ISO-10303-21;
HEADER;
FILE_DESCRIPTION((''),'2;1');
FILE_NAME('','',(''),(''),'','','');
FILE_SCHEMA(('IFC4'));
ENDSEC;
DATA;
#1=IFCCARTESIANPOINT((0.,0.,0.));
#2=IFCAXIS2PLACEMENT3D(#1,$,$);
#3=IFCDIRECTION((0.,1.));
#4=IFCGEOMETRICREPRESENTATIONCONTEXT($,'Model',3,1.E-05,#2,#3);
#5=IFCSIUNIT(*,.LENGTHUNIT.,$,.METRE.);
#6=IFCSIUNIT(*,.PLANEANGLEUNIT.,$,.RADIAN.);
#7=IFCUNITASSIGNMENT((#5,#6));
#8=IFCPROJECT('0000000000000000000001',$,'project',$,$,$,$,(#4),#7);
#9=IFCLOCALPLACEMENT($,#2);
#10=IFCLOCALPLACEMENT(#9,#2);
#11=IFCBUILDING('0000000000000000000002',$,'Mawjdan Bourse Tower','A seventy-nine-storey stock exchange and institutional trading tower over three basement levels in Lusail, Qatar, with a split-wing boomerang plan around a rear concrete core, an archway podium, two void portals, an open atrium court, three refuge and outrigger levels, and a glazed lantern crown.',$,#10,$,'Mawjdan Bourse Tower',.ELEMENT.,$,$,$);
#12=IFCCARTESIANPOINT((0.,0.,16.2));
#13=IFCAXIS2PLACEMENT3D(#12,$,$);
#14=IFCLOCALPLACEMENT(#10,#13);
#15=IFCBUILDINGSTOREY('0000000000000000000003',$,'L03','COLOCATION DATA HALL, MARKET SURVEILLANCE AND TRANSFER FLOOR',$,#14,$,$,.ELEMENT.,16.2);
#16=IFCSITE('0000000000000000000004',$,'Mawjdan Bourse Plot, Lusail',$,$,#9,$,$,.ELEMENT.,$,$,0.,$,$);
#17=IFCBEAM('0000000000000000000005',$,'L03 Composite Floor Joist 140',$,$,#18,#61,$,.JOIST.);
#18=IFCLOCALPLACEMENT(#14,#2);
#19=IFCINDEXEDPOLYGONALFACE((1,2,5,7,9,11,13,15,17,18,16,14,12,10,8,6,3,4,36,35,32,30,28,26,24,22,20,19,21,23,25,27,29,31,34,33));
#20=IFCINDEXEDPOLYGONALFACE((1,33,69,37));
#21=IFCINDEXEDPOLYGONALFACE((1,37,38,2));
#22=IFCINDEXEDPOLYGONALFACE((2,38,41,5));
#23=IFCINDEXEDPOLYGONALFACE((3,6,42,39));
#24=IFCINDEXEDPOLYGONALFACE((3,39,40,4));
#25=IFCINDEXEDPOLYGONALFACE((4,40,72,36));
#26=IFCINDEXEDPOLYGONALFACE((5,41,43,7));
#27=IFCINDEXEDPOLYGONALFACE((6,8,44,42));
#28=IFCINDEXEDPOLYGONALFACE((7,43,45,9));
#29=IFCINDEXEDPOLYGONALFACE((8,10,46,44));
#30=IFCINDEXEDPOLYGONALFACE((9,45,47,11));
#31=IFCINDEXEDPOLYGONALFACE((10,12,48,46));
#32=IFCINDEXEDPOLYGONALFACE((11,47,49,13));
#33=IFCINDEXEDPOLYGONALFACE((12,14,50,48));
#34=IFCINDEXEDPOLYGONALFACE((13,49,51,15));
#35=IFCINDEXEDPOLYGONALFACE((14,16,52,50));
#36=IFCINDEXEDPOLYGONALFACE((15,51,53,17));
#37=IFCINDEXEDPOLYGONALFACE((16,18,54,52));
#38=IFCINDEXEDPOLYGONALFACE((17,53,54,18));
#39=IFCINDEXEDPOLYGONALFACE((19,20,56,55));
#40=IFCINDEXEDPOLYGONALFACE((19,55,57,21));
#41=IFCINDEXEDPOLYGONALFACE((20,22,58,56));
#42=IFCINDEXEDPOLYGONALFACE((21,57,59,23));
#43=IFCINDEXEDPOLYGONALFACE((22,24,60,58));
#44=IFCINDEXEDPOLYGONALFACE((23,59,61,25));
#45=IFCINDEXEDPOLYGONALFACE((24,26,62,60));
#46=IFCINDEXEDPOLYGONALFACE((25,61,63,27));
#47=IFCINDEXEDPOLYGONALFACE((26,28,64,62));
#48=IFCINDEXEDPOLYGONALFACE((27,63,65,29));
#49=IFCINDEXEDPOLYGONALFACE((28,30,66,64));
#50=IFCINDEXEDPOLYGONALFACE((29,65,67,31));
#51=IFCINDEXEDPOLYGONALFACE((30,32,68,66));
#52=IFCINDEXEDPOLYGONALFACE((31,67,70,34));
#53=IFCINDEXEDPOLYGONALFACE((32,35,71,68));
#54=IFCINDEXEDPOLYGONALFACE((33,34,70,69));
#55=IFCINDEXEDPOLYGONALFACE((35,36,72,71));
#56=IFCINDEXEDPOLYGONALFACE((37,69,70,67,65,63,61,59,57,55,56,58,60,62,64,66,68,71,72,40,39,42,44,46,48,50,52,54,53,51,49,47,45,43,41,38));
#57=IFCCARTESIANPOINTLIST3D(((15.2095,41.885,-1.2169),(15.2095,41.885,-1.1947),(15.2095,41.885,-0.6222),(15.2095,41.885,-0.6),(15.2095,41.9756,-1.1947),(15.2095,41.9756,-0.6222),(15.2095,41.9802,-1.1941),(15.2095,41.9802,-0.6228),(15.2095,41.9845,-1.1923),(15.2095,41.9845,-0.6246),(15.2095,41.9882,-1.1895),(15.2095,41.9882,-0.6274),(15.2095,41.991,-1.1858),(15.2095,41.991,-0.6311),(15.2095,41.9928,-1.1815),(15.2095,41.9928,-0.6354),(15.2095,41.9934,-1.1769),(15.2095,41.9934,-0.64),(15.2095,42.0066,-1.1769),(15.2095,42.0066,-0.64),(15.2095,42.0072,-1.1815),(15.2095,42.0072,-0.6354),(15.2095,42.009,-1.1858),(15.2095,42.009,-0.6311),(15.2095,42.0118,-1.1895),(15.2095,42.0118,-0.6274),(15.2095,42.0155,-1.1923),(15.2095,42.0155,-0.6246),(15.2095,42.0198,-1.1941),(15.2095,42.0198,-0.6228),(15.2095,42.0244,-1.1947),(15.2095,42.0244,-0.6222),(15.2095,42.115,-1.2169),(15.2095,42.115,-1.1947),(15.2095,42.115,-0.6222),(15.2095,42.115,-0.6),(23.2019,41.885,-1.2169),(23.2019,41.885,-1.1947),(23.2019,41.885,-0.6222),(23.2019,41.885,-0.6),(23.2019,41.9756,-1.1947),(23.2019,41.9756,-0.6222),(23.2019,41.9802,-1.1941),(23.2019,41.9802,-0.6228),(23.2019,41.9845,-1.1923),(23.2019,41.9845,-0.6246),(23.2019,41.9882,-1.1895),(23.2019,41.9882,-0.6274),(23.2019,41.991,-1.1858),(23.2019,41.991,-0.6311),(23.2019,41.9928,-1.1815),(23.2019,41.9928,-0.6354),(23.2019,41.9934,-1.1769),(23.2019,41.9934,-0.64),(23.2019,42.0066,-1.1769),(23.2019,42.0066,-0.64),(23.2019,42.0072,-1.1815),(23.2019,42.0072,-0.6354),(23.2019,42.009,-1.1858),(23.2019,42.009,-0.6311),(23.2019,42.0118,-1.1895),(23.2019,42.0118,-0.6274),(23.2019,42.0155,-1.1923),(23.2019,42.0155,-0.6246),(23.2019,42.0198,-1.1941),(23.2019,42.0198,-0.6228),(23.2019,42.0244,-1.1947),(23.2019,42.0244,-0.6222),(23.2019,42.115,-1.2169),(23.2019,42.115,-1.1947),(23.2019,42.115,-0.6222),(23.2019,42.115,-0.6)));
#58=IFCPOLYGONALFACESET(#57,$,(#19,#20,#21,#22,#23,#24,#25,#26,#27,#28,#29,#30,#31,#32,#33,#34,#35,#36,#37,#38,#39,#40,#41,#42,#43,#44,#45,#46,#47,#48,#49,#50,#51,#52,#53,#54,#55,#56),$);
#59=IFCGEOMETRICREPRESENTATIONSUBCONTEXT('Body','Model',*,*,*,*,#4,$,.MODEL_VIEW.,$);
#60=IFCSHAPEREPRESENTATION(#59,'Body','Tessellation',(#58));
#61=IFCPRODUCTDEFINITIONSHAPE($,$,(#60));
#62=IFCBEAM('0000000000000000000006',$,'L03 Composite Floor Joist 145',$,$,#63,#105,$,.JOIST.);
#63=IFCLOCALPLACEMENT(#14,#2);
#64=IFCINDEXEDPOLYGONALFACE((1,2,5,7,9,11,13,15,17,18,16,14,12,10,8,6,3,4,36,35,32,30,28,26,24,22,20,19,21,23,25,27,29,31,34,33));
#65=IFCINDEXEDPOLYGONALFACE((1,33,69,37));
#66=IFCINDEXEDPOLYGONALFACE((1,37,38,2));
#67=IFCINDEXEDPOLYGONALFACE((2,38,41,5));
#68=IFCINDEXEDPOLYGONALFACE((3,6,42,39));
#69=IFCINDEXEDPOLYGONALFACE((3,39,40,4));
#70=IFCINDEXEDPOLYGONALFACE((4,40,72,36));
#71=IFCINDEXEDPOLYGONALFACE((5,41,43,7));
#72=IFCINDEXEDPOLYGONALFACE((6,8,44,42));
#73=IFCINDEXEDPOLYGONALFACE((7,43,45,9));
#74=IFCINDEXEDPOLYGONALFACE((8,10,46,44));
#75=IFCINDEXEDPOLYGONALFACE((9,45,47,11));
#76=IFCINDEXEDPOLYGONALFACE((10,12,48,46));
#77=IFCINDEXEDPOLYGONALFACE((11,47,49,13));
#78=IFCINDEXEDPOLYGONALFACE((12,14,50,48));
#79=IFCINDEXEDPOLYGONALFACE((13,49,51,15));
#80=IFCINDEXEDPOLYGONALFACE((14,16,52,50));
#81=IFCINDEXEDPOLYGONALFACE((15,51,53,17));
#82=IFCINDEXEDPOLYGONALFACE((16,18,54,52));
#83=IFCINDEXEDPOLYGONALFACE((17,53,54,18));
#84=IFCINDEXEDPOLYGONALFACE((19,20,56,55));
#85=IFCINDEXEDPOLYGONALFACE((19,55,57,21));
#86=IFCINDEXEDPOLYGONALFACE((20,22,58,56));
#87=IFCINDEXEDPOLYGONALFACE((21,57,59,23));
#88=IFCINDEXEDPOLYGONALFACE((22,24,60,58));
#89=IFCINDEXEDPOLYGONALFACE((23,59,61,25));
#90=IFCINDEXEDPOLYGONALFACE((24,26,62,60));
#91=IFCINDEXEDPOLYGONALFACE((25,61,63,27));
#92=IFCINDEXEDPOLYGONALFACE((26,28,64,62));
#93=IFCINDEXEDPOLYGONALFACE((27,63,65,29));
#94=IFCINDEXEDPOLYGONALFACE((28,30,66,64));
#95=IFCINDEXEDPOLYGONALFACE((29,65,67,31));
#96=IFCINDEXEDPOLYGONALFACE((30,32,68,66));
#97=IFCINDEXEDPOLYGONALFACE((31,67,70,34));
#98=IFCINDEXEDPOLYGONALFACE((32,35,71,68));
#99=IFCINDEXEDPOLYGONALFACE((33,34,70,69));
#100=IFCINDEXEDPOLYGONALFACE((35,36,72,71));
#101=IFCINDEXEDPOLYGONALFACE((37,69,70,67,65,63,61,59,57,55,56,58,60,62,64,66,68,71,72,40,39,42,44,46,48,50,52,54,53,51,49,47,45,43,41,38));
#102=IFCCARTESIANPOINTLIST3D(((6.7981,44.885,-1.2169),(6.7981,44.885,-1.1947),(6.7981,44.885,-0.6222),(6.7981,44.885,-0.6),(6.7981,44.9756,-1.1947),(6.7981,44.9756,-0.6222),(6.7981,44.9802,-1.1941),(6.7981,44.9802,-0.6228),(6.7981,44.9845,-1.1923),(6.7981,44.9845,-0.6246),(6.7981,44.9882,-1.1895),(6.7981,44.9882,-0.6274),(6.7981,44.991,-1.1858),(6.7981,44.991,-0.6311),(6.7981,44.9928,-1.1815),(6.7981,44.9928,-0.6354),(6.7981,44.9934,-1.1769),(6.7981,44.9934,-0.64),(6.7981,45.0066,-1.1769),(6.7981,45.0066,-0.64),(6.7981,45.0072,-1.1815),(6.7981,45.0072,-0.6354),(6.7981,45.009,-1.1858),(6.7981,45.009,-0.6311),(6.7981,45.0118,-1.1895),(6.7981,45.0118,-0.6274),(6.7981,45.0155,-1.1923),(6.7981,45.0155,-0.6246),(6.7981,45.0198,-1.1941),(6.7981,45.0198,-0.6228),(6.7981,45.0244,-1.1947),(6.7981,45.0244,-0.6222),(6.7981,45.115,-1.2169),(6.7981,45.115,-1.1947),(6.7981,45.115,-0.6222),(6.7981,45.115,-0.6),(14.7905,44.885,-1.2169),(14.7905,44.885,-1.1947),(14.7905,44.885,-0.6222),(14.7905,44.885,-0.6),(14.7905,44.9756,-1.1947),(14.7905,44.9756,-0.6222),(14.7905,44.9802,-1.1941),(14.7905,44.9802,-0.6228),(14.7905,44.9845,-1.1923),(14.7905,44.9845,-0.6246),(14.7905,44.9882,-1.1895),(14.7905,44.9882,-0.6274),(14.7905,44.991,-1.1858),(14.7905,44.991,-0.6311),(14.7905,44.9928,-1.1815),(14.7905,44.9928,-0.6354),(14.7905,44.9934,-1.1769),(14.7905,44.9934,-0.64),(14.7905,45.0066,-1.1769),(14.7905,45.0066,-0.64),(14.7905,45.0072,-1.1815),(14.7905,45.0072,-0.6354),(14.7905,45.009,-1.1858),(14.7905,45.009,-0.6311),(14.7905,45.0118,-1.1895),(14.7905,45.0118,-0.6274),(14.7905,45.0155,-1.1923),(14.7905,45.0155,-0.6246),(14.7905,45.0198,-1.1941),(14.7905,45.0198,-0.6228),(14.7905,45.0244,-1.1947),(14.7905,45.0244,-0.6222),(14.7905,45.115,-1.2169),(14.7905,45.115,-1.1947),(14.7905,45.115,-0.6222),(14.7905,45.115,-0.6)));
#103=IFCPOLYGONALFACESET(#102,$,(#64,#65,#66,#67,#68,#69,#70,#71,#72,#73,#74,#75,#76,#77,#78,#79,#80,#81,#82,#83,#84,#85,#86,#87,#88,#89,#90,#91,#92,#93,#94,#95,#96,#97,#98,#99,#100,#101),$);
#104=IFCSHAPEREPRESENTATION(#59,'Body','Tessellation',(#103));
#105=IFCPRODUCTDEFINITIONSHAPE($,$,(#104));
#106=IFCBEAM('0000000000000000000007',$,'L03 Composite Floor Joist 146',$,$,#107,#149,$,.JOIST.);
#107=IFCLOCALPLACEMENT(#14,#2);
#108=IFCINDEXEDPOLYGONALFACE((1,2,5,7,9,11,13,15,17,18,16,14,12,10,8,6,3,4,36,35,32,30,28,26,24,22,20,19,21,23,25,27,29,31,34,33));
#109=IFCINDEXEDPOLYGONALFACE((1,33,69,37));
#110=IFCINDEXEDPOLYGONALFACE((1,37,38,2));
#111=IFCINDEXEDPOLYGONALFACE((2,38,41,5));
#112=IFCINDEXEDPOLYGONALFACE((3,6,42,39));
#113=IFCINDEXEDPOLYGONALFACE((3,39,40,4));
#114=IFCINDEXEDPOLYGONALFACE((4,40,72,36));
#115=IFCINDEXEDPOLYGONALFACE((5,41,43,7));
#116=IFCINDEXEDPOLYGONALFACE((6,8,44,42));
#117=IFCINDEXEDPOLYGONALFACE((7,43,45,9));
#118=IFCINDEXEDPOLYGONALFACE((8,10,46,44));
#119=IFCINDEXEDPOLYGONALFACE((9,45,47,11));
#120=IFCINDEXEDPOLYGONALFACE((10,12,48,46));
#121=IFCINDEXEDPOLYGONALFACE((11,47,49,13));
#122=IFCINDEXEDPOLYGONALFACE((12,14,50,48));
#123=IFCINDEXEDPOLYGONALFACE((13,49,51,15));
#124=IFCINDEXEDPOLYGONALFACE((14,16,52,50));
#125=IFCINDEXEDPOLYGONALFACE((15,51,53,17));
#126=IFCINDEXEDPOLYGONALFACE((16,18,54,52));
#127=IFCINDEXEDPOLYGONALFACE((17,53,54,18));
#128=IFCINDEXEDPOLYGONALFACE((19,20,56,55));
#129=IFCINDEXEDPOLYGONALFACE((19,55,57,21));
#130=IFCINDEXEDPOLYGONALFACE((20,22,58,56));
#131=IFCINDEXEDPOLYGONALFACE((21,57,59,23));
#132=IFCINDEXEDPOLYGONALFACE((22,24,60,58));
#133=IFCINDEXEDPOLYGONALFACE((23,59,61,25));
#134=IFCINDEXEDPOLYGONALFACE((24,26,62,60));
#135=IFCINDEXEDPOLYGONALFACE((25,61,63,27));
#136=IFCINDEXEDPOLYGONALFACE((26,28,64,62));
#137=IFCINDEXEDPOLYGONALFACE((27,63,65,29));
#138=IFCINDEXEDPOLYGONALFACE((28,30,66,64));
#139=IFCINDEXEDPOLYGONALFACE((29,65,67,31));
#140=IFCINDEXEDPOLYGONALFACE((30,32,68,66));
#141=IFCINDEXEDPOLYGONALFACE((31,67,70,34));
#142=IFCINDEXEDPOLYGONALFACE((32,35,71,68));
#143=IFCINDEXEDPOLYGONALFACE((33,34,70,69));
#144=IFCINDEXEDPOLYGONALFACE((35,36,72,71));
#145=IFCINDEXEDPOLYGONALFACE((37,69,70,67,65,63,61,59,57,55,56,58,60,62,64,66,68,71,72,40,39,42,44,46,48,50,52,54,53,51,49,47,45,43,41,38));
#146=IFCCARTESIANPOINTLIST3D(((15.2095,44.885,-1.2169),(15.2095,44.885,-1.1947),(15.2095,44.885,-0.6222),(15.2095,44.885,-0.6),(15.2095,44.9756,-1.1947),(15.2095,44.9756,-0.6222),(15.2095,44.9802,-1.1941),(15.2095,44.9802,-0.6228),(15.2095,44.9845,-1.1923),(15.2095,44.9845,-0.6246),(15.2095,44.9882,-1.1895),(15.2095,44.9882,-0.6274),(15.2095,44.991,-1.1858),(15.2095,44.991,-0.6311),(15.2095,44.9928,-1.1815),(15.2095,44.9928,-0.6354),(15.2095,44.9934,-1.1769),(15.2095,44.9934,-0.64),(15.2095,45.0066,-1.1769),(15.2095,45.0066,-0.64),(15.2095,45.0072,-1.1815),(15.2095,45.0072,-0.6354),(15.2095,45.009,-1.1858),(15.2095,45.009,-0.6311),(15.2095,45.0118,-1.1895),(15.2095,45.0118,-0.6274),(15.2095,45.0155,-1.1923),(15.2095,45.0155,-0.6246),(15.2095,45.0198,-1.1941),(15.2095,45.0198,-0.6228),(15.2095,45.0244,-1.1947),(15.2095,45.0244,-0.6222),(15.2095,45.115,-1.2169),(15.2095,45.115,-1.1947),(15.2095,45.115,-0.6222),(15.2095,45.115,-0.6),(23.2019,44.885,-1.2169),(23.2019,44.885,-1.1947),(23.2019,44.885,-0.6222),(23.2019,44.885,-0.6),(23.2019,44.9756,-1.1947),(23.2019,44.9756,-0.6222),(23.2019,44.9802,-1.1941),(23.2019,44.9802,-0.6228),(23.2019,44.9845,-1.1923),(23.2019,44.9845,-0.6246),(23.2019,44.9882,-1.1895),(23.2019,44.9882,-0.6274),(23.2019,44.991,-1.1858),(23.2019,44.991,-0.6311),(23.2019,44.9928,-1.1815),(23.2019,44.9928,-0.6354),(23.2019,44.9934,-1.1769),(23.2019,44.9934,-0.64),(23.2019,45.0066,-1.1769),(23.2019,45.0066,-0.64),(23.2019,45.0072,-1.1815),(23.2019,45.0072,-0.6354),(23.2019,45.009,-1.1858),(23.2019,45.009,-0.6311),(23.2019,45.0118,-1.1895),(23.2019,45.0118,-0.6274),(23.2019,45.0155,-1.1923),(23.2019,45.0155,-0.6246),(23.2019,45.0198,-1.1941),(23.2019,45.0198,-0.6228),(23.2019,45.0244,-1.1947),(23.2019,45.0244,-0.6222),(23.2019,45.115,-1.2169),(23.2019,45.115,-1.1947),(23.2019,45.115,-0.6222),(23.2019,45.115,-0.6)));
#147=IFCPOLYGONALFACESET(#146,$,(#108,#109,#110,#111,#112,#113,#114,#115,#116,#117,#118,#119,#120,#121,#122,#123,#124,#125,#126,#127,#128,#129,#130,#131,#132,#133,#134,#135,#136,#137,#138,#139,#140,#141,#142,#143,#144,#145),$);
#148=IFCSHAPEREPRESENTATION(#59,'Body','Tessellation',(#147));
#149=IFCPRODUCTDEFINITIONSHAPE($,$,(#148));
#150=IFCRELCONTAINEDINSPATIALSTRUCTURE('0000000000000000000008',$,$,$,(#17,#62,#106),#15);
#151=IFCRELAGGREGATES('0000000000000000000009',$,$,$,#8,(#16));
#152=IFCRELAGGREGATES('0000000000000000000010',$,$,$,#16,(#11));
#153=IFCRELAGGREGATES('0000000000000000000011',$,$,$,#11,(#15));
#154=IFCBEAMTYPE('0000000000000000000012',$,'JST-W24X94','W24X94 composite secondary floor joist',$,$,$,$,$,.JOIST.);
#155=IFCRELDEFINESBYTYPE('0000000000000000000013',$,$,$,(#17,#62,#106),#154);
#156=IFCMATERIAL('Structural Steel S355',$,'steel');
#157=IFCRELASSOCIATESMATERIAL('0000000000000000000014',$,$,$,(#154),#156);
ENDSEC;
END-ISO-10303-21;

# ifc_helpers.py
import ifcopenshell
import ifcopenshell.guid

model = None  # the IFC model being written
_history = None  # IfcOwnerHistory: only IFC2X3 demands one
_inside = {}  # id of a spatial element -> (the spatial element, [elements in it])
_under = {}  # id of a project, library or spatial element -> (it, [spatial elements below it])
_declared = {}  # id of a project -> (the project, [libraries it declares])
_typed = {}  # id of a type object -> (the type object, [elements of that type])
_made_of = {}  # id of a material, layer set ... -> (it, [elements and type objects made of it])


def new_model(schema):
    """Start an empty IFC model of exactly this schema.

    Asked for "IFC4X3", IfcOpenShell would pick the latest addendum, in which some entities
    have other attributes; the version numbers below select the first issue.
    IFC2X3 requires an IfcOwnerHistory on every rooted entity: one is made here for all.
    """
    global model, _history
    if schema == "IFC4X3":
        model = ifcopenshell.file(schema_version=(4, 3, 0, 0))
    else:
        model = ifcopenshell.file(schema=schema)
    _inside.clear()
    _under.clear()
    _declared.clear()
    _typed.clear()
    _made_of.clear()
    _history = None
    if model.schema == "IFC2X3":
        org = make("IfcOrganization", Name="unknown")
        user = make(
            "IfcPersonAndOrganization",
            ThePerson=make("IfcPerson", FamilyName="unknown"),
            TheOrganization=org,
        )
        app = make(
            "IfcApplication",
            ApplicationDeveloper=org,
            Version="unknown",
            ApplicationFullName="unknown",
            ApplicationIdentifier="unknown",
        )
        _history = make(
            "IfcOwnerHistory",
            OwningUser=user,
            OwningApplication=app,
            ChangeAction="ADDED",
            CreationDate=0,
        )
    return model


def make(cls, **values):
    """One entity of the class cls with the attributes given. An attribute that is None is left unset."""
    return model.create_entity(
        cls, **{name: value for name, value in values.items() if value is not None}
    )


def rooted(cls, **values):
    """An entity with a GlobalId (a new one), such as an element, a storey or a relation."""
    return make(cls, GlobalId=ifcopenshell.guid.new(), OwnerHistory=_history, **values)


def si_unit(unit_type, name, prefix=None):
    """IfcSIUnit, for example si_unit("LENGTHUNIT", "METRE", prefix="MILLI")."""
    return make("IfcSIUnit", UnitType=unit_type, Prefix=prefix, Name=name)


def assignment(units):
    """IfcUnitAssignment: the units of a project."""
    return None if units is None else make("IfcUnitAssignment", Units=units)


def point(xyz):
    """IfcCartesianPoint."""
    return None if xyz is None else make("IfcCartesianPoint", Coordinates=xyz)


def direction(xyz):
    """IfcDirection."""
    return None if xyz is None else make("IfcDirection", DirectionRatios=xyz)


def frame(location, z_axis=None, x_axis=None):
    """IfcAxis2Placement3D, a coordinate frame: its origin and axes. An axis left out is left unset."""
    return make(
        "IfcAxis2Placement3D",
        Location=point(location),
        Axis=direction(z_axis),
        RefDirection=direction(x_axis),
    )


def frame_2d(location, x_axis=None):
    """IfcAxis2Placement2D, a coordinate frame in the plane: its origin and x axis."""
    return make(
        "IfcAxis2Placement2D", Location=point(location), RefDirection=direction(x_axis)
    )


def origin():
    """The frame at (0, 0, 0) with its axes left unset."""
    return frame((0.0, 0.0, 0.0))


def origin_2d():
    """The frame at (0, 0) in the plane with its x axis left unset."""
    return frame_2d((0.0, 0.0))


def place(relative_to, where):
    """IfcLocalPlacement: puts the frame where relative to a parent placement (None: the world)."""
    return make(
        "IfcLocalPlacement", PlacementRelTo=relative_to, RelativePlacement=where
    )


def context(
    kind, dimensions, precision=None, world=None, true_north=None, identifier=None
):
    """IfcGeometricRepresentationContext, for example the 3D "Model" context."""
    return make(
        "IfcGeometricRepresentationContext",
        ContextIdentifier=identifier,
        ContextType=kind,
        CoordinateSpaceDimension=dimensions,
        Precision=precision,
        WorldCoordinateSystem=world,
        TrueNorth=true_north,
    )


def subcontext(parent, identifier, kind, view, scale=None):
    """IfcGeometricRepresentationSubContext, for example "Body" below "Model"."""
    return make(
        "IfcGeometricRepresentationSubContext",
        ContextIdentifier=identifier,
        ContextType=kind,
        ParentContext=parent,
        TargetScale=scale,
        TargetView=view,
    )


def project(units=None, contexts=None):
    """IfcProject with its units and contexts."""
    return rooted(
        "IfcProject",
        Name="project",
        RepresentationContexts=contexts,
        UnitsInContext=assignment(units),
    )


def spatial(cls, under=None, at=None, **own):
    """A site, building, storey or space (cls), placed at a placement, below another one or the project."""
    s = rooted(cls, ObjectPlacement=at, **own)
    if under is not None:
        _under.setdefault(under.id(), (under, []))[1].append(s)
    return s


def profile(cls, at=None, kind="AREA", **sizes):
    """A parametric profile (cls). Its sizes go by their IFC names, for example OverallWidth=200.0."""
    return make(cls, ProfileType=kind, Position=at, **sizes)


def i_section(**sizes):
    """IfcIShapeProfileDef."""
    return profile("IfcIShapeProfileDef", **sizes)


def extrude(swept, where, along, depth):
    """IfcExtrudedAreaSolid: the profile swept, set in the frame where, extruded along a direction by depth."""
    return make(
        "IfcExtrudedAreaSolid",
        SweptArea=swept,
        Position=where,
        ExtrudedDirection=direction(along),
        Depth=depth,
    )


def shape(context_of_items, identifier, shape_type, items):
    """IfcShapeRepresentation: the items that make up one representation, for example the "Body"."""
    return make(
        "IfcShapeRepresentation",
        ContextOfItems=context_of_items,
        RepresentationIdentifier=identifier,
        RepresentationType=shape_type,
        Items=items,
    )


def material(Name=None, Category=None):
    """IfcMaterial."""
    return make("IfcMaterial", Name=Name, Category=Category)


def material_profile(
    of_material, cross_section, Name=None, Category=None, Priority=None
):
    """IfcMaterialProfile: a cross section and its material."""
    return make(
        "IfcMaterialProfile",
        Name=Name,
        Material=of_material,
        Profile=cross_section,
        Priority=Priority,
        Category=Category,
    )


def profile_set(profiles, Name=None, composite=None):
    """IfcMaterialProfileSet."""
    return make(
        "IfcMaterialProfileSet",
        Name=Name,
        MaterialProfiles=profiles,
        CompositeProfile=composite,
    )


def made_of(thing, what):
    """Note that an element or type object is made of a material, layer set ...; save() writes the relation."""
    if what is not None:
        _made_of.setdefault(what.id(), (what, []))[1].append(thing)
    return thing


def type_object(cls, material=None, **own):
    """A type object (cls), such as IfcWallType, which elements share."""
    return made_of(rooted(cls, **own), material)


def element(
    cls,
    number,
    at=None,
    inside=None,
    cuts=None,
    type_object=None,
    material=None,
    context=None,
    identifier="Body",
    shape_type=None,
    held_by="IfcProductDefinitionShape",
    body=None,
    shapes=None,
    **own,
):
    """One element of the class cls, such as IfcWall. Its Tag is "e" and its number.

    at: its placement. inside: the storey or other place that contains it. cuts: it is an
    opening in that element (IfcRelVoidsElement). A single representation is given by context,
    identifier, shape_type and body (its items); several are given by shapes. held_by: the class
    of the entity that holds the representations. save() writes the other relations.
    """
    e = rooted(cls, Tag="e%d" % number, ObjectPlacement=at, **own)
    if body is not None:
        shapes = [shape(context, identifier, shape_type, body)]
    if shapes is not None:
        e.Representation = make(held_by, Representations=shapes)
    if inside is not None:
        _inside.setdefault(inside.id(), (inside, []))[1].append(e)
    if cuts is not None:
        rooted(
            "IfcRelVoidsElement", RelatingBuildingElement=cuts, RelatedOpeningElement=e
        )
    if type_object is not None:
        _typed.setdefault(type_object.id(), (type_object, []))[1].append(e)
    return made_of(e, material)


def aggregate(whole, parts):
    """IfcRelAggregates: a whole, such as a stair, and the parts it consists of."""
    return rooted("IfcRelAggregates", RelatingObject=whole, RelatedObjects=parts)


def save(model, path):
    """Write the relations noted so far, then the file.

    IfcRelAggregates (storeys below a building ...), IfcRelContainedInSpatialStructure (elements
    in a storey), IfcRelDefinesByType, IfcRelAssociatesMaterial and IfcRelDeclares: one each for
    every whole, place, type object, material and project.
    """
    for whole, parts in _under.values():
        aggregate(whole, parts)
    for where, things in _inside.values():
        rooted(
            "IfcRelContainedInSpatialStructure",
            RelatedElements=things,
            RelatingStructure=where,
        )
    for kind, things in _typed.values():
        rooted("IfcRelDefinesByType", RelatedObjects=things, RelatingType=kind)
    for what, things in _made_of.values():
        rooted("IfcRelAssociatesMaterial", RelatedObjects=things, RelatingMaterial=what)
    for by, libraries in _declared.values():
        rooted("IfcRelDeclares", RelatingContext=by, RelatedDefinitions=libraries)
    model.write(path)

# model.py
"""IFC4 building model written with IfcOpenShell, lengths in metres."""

from ifc_helpers import new_model, si_unit, direction, frame, origin, origin_2d, place, context, subcontext, project, spatial, i_section, extrude, material, material_profile, profile_set, type_object, element, save


model = new_model("IFC4")

# Units and contexts
model_context = context("Model", 3, precision=1e-05, world=origin(), true_north=direction((0.0, 1.0)))
body_context = subcontext(model_context, "Body", "Model", "MODEL_VIEW")
ifc_project = project(units=[si_unit("LENGTHUNIT", "METRE"), si_unit("PLANEANGLEUNIT", "RADIAN")], contexts=[model_context])

# Site, building, storey
site_placement = place(None, origin())
site = spatial("IfcSite", under=ifc_project, at=site_placement, Name="Mawjdan Bourse Plot, Lusail", CompositionType="ELEMENT", RefElevation=0.0)
building_placement = place(site_placement, origin())
building = spatial("IfcBuilding", under=site, at=building_placement, Name="Mawjdan Bourse Tower", Description="A seventy-nine-storey stock exchange and institutional trading tower over three basement levels in Lusail, Qatar, with a split-wing boomerang plan around a rear concrete core, an archway podium, two void portals, an open atrium court, three refuge and outrigger levels, and a glazed lantern crown.", LongName="Mawjdan Bourse Tower", CompositionType="ELEMENT")
storey_placement = place(building_placement, frame((0.0, 0.0, 16.2)))
storey = spatial("IfcBuildingStorey", under=building, at=storey_placement, Name="L03", Description="COLOCATION DATA HALL, MARKET SURVEILLANCE AND TRANSFER FLOOR", CompositionType="ELEMENT", Elevation=16.2)

# Beams
ifc_material_1 = material(Name="Structural Steel S355", Category="steel")
ifc_material_profile_1 = material_profile(ifc_material_1, i_section(OverallWidth=0.23, OverallDepth=0.6169, WebThickness=0.0132, FlangeThickness=0.0222, FilletRadius=0.0178, at=origin_2d()), Name="W24X94")
ifc_profile_set_1 = profile_set([ifc_material_profile_1], Name="Structural Steel S355")
beam_type_1 = type_object("IfcBeamType", Name="JST-W24X94", Description="W24X94 composite secondary floor joist", PredefinedType="JOIST", material=ifc_profile_set_1)
for number, where, z_axis, x_axis, name in (
    (1, (15.2095, 42.0, -0.9084), (1.0, 0.0, 0.0), (0.0, 1.0, 0.0), "L03 Composite Floor Joist 140"),
    (2, (6.7981, 45.0, -0.9084), (1.0, 0.0, 0.0), (0.0, 1.0, 0.0), "L03 Composite Floor Joist 145"),
    (3, (15.2095, 45.0, -0.9084), (1.0, 0.0, 0.0), (0.0, 1.0, 0.0), "L03 Composite Floor Joist 146"),
):
    element("IfcBeam", number, at=place(storey_placement, frame(where, z_axis=z_axis, x_axis=x_axis)), inside=storey, type_object=beam_type_1, Name=name, PredefinedType="JOIST", context=body_context, shape_type="SweptSolid", body=[
        extrude(i_section(OverallWidth=0.23, OverallDepth=0.6169, WebThickness=0.0132, FlangeThickness=0.0222, FilletRadius=0.0178, at=origin_2d()), origin(), (0.0, 0.0, 1.0), 7.9924),
    ])

save(model, "model.ifc")
